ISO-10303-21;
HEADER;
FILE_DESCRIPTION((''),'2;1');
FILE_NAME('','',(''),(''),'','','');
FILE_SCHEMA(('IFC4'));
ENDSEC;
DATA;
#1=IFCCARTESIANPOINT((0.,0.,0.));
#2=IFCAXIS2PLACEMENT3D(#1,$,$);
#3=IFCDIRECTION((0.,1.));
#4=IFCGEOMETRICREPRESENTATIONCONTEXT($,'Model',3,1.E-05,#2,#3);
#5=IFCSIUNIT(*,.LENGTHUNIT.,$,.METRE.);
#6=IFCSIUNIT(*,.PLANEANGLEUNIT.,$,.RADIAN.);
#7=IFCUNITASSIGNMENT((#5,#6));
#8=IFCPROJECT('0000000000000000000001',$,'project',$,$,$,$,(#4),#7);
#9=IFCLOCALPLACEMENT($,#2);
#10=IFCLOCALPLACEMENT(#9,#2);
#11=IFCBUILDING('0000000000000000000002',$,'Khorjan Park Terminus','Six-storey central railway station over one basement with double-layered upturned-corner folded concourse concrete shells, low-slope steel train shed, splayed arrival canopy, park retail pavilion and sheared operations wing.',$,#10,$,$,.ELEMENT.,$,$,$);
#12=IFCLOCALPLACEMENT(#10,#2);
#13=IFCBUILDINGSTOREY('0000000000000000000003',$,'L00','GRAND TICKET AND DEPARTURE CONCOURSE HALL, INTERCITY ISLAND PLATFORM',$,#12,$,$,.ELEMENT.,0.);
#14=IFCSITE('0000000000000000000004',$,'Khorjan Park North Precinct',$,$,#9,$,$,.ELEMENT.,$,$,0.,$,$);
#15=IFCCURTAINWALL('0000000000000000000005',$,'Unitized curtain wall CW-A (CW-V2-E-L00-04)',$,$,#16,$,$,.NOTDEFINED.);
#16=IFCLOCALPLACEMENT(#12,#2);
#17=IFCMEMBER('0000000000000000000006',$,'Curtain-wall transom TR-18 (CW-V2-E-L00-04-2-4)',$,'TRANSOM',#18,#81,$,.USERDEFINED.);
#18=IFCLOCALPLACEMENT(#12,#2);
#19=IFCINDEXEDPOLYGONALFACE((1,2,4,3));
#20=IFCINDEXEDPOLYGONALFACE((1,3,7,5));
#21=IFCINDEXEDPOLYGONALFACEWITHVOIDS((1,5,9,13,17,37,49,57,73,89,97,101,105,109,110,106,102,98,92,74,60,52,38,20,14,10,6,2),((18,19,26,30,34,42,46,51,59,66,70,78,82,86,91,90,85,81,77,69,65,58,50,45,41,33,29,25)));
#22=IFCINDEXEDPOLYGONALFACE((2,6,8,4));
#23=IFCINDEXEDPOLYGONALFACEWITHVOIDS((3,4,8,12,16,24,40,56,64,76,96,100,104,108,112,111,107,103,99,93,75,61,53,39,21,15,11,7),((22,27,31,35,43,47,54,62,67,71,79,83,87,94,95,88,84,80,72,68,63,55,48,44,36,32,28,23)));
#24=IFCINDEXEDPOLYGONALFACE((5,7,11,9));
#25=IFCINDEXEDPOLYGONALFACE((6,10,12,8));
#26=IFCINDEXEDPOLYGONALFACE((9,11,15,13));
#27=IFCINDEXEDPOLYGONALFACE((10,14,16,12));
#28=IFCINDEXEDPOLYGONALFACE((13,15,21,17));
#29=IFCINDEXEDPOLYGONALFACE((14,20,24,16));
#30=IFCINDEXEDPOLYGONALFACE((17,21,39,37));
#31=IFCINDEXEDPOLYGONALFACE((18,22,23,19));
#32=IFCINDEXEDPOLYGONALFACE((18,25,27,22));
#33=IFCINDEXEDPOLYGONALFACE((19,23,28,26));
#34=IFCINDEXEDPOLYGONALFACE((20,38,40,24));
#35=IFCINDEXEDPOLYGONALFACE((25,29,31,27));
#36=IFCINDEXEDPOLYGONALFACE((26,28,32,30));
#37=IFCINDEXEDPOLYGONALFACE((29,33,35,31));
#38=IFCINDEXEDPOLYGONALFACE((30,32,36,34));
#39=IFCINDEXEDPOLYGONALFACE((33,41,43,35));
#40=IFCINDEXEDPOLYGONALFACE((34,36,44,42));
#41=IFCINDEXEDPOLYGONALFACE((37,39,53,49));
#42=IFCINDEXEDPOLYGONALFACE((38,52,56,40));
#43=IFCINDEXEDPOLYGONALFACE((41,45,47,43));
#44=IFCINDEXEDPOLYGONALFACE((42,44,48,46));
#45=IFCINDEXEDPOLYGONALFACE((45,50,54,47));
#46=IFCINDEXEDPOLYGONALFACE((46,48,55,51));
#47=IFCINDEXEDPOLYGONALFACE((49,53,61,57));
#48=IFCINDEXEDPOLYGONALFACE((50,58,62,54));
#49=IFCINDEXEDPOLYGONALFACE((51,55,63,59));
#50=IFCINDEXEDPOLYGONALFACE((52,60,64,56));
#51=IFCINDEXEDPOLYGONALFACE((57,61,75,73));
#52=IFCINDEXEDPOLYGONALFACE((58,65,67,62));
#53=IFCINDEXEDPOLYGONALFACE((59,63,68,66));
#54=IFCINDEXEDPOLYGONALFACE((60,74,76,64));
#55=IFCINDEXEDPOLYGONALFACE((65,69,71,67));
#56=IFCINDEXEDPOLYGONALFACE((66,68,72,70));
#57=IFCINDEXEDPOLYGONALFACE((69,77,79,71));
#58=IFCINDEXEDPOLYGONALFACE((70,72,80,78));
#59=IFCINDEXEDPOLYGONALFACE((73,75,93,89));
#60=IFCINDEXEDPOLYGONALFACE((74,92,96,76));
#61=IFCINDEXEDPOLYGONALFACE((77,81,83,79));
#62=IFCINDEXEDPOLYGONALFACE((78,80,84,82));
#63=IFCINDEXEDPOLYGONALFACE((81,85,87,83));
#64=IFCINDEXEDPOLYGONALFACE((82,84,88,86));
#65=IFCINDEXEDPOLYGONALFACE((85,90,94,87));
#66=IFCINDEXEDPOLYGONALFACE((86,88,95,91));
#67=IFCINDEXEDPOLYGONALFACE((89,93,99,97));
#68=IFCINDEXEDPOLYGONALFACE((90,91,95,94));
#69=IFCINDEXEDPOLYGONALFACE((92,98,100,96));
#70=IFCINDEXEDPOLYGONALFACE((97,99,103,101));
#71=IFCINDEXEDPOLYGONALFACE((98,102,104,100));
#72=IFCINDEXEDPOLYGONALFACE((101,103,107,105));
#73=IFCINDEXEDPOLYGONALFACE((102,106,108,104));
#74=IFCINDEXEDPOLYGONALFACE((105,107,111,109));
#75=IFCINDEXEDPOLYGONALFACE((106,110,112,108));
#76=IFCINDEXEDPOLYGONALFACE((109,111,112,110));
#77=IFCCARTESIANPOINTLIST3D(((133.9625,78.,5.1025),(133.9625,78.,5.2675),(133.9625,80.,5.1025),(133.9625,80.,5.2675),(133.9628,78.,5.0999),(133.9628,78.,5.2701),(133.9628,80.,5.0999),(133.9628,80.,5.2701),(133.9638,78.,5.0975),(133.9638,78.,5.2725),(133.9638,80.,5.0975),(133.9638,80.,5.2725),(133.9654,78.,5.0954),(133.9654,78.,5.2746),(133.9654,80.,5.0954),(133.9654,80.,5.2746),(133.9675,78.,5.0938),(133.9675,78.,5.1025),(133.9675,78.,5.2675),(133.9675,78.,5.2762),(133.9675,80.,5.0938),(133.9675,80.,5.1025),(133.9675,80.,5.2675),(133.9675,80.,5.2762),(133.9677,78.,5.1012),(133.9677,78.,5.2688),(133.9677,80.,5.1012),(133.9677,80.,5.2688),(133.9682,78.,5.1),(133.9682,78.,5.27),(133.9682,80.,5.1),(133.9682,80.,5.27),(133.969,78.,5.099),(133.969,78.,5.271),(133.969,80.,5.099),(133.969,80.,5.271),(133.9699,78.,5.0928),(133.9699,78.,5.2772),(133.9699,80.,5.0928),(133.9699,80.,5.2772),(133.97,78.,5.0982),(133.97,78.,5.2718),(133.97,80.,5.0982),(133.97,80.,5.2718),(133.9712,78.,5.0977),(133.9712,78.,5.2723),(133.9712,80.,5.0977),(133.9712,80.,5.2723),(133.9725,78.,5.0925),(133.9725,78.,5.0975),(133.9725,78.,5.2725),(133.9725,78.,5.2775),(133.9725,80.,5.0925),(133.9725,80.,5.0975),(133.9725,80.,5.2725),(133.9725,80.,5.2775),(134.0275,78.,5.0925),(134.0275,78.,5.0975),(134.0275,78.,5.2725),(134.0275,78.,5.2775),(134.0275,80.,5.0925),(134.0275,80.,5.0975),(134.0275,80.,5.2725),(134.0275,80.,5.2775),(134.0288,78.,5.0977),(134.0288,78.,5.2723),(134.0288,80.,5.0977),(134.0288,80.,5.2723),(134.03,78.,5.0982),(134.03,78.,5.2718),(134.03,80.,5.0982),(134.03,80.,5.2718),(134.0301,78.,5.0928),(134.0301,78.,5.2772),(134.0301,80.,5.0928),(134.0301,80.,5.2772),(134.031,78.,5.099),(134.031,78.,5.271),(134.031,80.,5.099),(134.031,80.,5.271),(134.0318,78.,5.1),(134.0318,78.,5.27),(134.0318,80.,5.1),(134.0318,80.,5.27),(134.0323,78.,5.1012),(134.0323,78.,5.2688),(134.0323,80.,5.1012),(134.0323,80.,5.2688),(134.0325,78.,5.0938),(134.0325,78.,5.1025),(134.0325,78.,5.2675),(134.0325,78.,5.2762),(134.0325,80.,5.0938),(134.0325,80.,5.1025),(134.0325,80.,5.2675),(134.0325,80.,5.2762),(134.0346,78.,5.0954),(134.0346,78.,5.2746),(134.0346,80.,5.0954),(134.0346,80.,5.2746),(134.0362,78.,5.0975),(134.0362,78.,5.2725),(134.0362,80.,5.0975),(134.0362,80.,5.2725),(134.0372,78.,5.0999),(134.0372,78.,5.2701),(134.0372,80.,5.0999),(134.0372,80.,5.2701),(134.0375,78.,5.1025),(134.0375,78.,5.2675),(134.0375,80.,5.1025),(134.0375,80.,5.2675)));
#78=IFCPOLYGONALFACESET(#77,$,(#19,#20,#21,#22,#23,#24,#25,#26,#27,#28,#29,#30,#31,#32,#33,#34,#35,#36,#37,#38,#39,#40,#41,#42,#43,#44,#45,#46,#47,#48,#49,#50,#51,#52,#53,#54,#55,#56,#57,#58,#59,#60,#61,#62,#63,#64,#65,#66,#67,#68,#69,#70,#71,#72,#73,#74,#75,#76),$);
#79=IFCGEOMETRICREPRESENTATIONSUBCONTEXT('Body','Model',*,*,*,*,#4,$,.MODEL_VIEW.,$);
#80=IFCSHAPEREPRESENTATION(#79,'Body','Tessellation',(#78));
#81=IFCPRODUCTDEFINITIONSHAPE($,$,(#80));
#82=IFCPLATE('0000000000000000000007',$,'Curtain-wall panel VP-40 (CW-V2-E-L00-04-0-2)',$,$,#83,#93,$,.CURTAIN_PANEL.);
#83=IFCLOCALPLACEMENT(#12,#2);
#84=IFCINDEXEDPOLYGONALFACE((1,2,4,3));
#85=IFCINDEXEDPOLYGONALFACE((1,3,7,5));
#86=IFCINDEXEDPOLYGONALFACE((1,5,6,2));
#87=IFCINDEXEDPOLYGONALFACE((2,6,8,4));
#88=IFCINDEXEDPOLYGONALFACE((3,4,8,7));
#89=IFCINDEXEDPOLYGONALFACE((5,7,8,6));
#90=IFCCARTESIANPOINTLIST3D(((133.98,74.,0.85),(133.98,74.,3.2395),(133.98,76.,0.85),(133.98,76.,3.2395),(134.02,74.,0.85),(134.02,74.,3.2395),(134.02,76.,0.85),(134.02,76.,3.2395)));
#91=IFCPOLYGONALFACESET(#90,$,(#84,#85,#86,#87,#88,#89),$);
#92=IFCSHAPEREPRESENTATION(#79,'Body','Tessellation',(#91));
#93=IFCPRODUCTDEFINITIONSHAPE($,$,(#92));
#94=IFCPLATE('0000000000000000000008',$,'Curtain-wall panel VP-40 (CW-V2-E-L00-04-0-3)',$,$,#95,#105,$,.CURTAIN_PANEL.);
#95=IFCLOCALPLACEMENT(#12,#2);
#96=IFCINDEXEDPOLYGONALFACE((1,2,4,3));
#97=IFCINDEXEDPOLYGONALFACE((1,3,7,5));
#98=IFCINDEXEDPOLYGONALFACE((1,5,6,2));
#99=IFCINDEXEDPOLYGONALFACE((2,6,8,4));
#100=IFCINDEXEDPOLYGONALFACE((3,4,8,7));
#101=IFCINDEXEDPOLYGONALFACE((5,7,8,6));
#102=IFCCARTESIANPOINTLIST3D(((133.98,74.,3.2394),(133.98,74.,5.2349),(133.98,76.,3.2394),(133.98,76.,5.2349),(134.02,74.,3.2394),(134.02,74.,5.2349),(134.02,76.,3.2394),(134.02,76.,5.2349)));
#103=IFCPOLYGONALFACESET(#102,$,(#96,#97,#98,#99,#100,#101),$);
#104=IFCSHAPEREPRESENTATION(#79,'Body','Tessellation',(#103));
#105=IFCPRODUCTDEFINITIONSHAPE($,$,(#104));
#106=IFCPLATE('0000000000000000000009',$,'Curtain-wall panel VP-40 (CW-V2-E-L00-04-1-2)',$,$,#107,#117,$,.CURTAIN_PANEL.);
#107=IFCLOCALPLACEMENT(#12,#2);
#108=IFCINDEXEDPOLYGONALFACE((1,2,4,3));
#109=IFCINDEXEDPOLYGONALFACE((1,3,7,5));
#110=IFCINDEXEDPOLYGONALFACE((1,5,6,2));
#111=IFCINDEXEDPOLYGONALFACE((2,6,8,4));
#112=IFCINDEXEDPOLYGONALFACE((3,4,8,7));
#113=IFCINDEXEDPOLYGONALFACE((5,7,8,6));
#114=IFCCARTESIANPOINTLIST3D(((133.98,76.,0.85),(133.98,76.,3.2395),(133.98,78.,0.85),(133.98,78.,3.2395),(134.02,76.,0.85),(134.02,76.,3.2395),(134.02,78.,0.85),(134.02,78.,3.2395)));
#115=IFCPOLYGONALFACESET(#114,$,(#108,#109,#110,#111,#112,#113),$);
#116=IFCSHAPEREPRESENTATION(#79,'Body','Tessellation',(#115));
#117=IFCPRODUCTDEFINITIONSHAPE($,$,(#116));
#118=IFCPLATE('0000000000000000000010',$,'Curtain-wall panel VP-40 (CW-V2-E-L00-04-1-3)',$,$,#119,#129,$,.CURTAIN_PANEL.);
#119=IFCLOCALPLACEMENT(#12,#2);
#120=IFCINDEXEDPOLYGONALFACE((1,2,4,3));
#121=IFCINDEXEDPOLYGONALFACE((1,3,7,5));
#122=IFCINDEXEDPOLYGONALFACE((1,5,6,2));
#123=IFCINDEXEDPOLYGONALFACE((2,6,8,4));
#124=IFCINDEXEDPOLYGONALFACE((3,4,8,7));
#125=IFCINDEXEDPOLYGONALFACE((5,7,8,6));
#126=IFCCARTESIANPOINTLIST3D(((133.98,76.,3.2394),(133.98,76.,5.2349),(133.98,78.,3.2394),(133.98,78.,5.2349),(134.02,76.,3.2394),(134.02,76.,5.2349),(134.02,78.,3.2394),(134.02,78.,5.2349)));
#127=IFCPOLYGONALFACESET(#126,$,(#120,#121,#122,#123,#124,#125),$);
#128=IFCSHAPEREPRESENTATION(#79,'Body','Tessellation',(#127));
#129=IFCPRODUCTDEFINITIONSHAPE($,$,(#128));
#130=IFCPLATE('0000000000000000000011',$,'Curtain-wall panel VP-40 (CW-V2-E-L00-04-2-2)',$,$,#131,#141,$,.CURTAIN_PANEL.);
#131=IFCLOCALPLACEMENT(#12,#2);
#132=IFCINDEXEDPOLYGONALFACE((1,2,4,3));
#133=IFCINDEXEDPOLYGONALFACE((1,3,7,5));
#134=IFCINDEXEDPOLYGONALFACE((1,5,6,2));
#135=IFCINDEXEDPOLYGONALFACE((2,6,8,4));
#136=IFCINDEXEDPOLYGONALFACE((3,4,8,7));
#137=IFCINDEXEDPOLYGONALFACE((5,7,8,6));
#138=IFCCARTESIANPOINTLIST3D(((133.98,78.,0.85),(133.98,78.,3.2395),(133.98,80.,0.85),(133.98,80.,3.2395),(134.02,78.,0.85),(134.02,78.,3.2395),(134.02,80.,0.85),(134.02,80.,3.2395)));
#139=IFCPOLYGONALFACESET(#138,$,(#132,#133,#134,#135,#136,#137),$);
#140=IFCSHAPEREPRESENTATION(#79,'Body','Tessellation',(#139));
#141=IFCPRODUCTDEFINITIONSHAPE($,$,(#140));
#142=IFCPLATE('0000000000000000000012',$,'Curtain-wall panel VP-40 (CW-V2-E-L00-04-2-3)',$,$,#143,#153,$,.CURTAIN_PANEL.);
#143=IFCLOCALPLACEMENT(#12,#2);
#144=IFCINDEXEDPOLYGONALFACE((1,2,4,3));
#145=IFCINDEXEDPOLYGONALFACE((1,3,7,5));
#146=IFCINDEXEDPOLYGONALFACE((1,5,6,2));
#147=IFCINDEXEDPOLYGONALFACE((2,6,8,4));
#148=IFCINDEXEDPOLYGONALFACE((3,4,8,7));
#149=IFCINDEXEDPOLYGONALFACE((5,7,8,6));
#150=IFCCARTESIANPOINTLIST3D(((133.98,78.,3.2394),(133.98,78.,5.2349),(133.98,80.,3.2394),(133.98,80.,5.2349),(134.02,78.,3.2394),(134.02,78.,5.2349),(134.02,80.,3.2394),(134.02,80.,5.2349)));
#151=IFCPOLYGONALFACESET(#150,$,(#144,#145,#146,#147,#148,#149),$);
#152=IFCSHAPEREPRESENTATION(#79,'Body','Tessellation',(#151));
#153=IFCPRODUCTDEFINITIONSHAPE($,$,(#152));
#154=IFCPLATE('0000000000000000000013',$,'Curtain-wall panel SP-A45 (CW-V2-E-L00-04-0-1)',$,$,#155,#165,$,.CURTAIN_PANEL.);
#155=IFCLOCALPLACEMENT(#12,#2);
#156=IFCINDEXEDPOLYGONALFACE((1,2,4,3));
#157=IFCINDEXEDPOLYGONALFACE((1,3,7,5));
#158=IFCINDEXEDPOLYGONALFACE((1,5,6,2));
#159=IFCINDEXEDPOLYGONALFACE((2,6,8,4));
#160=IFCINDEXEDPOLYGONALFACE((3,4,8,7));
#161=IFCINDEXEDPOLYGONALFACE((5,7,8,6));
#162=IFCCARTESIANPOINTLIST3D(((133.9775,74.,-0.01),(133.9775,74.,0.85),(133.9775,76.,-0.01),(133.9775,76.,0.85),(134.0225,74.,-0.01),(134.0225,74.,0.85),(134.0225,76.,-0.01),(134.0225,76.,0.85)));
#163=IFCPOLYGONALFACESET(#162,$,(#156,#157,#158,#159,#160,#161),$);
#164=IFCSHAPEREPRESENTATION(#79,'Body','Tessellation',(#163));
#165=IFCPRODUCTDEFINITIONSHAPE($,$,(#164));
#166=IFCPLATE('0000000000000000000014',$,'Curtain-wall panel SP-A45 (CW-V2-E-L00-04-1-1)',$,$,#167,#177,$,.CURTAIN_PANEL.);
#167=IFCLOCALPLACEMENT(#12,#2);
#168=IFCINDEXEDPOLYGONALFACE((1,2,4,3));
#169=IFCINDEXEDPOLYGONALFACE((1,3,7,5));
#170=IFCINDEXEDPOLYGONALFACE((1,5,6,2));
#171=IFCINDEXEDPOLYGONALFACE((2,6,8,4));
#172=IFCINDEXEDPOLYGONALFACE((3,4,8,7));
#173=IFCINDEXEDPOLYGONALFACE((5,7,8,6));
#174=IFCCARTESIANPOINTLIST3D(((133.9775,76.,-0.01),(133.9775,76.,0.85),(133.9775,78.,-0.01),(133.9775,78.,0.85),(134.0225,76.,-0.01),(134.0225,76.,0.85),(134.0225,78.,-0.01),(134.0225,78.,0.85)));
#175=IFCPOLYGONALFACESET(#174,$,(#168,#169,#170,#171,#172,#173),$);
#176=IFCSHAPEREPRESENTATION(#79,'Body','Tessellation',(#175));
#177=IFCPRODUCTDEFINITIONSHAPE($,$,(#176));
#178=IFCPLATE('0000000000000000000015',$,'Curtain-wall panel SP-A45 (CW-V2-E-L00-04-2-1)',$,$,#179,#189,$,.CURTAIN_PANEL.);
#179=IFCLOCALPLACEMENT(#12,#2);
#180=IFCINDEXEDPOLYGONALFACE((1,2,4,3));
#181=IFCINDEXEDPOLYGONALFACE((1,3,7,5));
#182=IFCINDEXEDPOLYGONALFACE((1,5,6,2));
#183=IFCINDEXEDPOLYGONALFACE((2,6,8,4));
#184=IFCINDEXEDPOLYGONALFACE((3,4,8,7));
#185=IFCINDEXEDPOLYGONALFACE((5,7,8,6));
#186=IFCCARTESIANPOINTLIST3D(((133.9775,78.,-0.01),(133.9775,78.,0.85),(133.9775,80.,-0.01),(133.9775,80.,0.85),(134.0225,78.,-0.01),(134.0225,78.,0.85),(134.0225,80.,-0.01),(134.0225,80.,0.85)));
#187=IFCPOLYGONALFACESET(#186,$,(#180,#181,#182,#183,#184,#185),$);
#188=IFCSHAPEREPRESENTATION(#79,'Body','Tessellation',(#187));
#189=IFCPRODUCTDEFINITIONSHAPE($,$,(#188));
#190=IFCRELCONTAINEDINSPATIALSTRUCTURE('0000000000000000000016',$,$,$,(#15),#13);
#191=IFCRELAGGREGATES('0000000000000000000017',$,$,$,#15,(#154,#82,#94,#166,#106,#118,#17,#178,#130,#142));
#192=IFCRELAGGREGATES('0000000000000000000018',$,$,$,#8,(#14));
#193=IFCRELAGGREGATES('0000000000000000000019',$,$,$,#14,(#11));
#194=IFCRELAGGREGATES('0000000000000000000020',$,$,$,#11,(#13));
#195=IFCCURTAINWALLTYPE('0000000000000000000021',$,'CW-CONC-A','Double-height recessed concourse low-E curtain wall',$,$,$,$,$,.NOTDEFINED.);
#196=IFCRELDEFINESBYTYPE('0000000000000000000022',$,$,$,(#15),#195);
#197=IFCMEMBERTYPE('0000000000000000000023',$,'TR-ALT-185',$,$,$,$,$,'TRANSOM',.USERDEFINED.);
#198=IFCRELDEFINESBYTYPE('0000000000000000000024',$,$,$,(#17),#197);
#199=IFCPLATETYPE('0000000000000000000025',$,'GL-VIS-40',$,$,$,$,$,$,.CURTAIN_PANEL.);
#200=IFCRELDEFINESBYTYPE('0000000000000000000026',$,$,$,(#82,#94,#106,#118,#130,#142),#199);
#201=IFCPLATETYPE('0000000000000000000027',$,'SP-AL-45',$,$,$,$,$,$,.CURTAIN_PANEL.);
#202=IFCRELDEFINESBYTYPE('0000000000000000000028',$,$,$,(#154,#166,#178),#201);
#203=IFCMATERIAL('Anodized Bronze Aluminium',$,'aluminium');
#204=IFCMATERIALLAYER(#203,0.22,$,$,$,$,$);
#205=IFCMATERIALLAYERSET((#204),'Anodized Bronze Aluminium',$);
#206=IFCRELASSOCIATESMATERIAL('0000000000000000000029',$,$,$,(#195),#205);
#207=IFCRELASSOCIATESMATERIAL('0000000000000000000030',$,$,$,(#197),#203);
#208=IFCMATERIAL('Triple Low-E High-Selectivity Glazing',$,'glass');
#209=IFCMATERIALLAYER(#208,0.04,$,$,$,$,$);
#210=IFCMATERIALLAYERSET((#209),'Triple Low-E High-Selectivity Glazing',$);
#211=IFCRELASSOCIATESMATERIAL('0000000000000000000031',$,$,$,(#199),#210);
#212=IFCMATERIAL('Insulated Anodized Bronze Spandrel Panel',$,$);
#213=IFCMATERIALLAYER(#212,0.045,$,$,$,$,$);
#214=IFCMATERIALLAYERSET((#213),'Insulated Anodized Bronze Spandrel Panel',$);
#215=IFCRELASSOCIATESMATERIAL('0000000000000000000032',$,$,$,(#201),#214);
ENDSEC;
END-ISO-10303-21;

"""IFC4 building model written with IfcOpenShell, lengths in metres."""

from ifc_helpers import new_model, si_unit, direction, frame, origin, origin_2d, place, context, subcontext, project, spatial, rectangle, hollow_rectangle, extrude, material, layer, layer_set, material_profile, profile_set, type_object, element, aggregate, save


model = new_model("IFC4")

# Units and contexts
model_context = context("Model", 3, precision=1e-05, world=origin(), true_north=direction((0.0, 1.0)))
body_context = subcontext(model_context, "Body", "Model", "MODEL_VIEW")
ifc_project = project(units=[si_unit("LENGTHUNIT", "METRE"), si_unit("PLANEANGLEUNIT", "RADIAN")], contexts=[model_context])

# Site, building, storey
site_placement = place(None, origin())
site = spatial("IfcSite", under=ifc_project, at=site_placement, Name="Khorjan Park North Precinct", CompositionType="ELEMENT", RefElevation=0.0)
building_placement = place(site_placement, origin())
building = spatial("IfcBuilding", under=site, at=building_placement, Name="Khorjan Park Terminus", Description="Six-storey central railway station over one basement with double-layered upturned-corner folded concourse concrete shells, low-slope steel train shed, splayed arrival canopy, park retail pavilion and sheared operations wing.", CompositionType="ELEMENT")
storey_placement = place(building_placement, origin())
storey = spatial("IfcBuildingStorey", under=building, at=storey_placement, Name="L00", Description="GRAND TICKET AND DEPARTURE CONCOURSE HALL, INTERCITY ISLAND PLATFORM", CompositionType="ELEMENT", Elevation=0.0)

# Curtain wall, member, plates
ifc_material_1 = material(Name="Anodized Bronze Aluminium", Category="aluminium")
ifc_layer_1 = layer(ifc_material_1, 0.22)
ifc_layer_set_1 = layer_set([ifc_layer_1], Name="Anodized Bronze Aluminium")
curtain_wall_type = type_object("IfcCurtainWallType", Name="CW-CONC-A", Description="Double-height recessed concourse low-E curtain wall", PredefinedType="NOTDEFINED", material=ifc_layer_set_1)
curtain_wall_placement = place(storey_placement, origin())
curtain_wall = element("IfcCurtainWall", 1, at=curtain_wall_placement, inside=storey, type_object=curtain_wall_type, Name="Unitized curtain wall CW-A (CW-V2-E-L00-04)", PredefinedType="NOTDEFINED")
ifc_material_profile_1 = material_profile(ifc_material_1, hollow_rectangle(XDim=0.075, YDim=0.185, WallThickness=0.005, InnerFilletRadius=0.005, OuterFilletRadius=0.01, at=origin_2d()), Name="ALT 75x185x5")
ifc_profile_set_1 = profile_set([ifc_material_profile_1], Name="Anodized Bronze Aluminium")
member_type_1 = type_object("IfcMemberType", Name="TR-ALT-185", ElementType="TRANSOM", PredefinedType="USERDEFINED", material=ifc_profile_set_1)
member_1_placement = place(storey_placement, frame((134.0, 78.0, 5.185), z_axis=(0.0, 1.0, 0.0), x_axis=(-1.0, 0.0, 0.0)))
member_1 = element("IfcMember", 2, at=member_1_placement, type_object=member_type_1, Name="Curtain-wall transom TR-18 (CW-V2-E-L00-04-2-4)", ObjectType="TRANSOM", PredefinedType="USERDEFINED", context=body_context, shape_type="SweptSolid", body=[
    extrude(hollow_rectangle(XDim=0.075, YDim=0.185, WallThickness=0.005, InnerFilletRadius=0.005, OuterFilletRadius=0.01, at=origin_2d()), origin(), (0.0, 0.0, 1.0), 2.0),
])
ifc_material_2 = material(Name="Triple Low-E High-Selectivity Glazing", Category="glass")
ifc_layer_2 = layer(ifc_material_2, 0.04)
ifc_layer_set_2 = layer_set([ifc_layer_2], Name="Triple Low-E High-Selectivity Glazing")
plate_type_1 = type_object("IfcPlateType", Name="GL-VIS-40", PredefinedType="CURTAIN_PANEL", material=ifc_layer_set_2)
plate_1_placement = place(storey_placement, frame((134.0, 75.0, 0.85), z_axis=(0.0, 0.0, 1.0), x_axis=(0.0, 1.0, 0.0)))
plate_1 = element("IfcPlate", 3, at=plate_1_placement, type_object=plate_type_1, Name="Curtain-wall panel VP-40 (CW-V2-E-L00-04-0-2)", PredefinedType="CURTAIN_PANEL", context=body_context, shape_type="SweptSolid", body=[
    extrude(rectangle(XDim=2.0, YDim=0.04, at=origin_2d()), origin(), (0.0, 0.0, 1.0), 2.3895),
])
plate_2_placement = place(storey_placement, frame((134.0, 75.0, 3.2394), z_axis=(0.0, 0.0, 1.0), x_axis=(0.0, 1.0, 0.0)))
plate_2 = element("IfcPlate", 4, at=plate_2_placement, type_object=plate_type_1, Name="Curtain-wall panel VP-40 (CW-V2-E-L00-04-0-3)", PredefinedType="CURTAIN_PANEL", context=body_context, shape_type="SweptSolid", body=[
    extrude(rectangle(XDim=2.0, YDim=0.04, at=origin_2d()), origin(), (0.0, 0.0, 1.0), 1.9955),
])
plate_3_placement = place(storey_placement, frame((134.0, 77.0, 0.85), z_axis=(0.0, 0.0, 1.0), x_axis=(0.0, 1.0, 0.0)))
plate_3 = element("IfcPlate", 5, at=plate_3_placement, type_object=plate_type_1, Name="Curtain-wall panel VP-40 (CW-V2-E-L00-04-1-2)", PredefinedType="CURTAIN_PANEL", context=body_context, shape_type="SweptSolid", body=[
    extrude(rectangle(XDim=2.0, YDim=0.04, at=origin_2d()), origin(), (0.0, 0.0, 1.0), 2.3895),
])
plate_4_placement = place(storey_placement, frame((134.0, 77.0, 3.2394), z_axis=(0.0, 0.0, 1.0), x_axis=(0.0, 1.0, 0.0)))
plate_4 = element("IfcPlate", 6, at=plate_4_placement, type_object=plate_type_1, Name="Curtain-wall panel VP-40 (CW-V2-E-L00-04-1-3)", PredefinedType="CURTAIN_PANEL", context=body_context, shape_type="SweptSolid", body=[
    extrude(rectangle(XDim=2.0, YDim=0.04, at=origin_2d()), origin(), (0.0, 0.0, 1.0), 1.9955),
])
plate_5_placement = place(storey_placement, frame((134.0, 79.0, 0.85), z_axis=(0.0, 0.0, 1.0), x_axis=(0.0, 1.0, 0.0)))
plate_5 = element("IfcPlate", 7, at=plate_5_placement, type_object=plate_type_1, Name="Curtain-wall panel VP-40 (CW-V2-E-L00-04-2-2)", PredefinedType="CURTAIN_PANEL", context=body_context, shape_type="SweptSolid", body=[
    extrude(rectangle(XDim=2.0, YDim=0.04, at=origin_2d()), origin(), (0.0, 0.0, 1.0), 2.3895),
])
plate_6_placement = place(storey_placement, frame((134.0, 79.0, 3.2394), z_axis=(0.0, 0.0, 1.0), x_axis=(0.0, 1.0, 0.0)))
plate_6 = element("IfcPlate", 8, at=plate_6_placement, type_object=plate_type_1, Name="Curtain-wall panel VP-40 (CW-V2-E-L00-04-2-3)", PredefinedType="CURTAIN_PANEL", context=body_context, shape_type="SweptSolid", body=[
    extrude(rectangle(XDim=2.0, YDim=0.04, at=origin_2d()), origin(), (0.0, 0.0, 1.0), 1.9955),
])
ifc_material_3 = material(Name="Insulated Anodized Bronze Spandrel Panel")
ifc_layer_3 = layer(ifc_material_3, 0.045)
ifc_layer_set_3 = layer_set([ifc_layer_3], Name="Insulated Anodized Bronze Spandrel Panel")
plate_type_2 = type_object("IfcPlateType", Name="SP-AL-45", PredefinedType="CURTAIN_PANEL", material=ifc_layer_set_3)
plate_7_placement = place(storey_placement, frame((134.0, 75.0, -0.01), z_axis=(0.0, 0.0, 1.0), x_axis=(0.0, 1.0, 0.0)))
plate_7 = element("IfcPlate", 9, at=plate_7_placement, type_object=plate_type_2, Name="Curtain-wall panel SP-A45 (CW-V2-E-L00-04-0-1)", PredefinedType="CURTAIN_PANEL", context=body_context, shape_type="SweptSolid", body=[
    extrude(rectangle(XDim=2.0, YDim=0.045, at=origin_2d()), origin(), (0.0, 0.0, 1.0), 0.86),
])
plate_8_placement = place(storey_placement, frame((134.0, 77.0, -0.01), z_axis=(0.0, 0.0, 1.0), x_axis=(0.0, 1.0, 0.0)))
plate_8 = element("IfcPlate", 10, at=plate_8_placement, type_object=plate_type_2, Name="Curtain-wall panel SP-A45 (CW-V2-E-L00-04-1-1)", PredefinedType="CURTAIN_PANEL", context=body_context, shape_type="SweptSolid", body=[
    extrude(rectangle(XDim=2.0, YDim=0.045, at=origin_2d()), origin(), (0.0, 0.0, 1.0), 0.86),
])
plate_9_placement = place(storey_placement, frame((134.0, 79.0, -0.01), z_axis=(0.0, 0.0, 1.0), x_axis=(0.0, 1.0, 0.0)))
plate_9 = element("IfcPlate", 11, at=plate_9_placement, type_object=plate_type_2, Name="Curtain-wall panel SP-A45 (CW-V2-E-L00-04-2-1)", PredefinedType="CURTAIN_PANEL", context=body_context, shape_type="SweptSolid", body=[
    extrude(rectangle(XDim=2.0, YDim=0.045, at=origin_2d()), origin(), (0.0, 0.0, 1.0), 0.86),
])
aggregate(curtain_wall, [plate_7, plate_1, plate_2, plate_8, plate_3, plate_4, member_1, plate_9, plate_5, plate_6])

save(model, "model.ifc")
